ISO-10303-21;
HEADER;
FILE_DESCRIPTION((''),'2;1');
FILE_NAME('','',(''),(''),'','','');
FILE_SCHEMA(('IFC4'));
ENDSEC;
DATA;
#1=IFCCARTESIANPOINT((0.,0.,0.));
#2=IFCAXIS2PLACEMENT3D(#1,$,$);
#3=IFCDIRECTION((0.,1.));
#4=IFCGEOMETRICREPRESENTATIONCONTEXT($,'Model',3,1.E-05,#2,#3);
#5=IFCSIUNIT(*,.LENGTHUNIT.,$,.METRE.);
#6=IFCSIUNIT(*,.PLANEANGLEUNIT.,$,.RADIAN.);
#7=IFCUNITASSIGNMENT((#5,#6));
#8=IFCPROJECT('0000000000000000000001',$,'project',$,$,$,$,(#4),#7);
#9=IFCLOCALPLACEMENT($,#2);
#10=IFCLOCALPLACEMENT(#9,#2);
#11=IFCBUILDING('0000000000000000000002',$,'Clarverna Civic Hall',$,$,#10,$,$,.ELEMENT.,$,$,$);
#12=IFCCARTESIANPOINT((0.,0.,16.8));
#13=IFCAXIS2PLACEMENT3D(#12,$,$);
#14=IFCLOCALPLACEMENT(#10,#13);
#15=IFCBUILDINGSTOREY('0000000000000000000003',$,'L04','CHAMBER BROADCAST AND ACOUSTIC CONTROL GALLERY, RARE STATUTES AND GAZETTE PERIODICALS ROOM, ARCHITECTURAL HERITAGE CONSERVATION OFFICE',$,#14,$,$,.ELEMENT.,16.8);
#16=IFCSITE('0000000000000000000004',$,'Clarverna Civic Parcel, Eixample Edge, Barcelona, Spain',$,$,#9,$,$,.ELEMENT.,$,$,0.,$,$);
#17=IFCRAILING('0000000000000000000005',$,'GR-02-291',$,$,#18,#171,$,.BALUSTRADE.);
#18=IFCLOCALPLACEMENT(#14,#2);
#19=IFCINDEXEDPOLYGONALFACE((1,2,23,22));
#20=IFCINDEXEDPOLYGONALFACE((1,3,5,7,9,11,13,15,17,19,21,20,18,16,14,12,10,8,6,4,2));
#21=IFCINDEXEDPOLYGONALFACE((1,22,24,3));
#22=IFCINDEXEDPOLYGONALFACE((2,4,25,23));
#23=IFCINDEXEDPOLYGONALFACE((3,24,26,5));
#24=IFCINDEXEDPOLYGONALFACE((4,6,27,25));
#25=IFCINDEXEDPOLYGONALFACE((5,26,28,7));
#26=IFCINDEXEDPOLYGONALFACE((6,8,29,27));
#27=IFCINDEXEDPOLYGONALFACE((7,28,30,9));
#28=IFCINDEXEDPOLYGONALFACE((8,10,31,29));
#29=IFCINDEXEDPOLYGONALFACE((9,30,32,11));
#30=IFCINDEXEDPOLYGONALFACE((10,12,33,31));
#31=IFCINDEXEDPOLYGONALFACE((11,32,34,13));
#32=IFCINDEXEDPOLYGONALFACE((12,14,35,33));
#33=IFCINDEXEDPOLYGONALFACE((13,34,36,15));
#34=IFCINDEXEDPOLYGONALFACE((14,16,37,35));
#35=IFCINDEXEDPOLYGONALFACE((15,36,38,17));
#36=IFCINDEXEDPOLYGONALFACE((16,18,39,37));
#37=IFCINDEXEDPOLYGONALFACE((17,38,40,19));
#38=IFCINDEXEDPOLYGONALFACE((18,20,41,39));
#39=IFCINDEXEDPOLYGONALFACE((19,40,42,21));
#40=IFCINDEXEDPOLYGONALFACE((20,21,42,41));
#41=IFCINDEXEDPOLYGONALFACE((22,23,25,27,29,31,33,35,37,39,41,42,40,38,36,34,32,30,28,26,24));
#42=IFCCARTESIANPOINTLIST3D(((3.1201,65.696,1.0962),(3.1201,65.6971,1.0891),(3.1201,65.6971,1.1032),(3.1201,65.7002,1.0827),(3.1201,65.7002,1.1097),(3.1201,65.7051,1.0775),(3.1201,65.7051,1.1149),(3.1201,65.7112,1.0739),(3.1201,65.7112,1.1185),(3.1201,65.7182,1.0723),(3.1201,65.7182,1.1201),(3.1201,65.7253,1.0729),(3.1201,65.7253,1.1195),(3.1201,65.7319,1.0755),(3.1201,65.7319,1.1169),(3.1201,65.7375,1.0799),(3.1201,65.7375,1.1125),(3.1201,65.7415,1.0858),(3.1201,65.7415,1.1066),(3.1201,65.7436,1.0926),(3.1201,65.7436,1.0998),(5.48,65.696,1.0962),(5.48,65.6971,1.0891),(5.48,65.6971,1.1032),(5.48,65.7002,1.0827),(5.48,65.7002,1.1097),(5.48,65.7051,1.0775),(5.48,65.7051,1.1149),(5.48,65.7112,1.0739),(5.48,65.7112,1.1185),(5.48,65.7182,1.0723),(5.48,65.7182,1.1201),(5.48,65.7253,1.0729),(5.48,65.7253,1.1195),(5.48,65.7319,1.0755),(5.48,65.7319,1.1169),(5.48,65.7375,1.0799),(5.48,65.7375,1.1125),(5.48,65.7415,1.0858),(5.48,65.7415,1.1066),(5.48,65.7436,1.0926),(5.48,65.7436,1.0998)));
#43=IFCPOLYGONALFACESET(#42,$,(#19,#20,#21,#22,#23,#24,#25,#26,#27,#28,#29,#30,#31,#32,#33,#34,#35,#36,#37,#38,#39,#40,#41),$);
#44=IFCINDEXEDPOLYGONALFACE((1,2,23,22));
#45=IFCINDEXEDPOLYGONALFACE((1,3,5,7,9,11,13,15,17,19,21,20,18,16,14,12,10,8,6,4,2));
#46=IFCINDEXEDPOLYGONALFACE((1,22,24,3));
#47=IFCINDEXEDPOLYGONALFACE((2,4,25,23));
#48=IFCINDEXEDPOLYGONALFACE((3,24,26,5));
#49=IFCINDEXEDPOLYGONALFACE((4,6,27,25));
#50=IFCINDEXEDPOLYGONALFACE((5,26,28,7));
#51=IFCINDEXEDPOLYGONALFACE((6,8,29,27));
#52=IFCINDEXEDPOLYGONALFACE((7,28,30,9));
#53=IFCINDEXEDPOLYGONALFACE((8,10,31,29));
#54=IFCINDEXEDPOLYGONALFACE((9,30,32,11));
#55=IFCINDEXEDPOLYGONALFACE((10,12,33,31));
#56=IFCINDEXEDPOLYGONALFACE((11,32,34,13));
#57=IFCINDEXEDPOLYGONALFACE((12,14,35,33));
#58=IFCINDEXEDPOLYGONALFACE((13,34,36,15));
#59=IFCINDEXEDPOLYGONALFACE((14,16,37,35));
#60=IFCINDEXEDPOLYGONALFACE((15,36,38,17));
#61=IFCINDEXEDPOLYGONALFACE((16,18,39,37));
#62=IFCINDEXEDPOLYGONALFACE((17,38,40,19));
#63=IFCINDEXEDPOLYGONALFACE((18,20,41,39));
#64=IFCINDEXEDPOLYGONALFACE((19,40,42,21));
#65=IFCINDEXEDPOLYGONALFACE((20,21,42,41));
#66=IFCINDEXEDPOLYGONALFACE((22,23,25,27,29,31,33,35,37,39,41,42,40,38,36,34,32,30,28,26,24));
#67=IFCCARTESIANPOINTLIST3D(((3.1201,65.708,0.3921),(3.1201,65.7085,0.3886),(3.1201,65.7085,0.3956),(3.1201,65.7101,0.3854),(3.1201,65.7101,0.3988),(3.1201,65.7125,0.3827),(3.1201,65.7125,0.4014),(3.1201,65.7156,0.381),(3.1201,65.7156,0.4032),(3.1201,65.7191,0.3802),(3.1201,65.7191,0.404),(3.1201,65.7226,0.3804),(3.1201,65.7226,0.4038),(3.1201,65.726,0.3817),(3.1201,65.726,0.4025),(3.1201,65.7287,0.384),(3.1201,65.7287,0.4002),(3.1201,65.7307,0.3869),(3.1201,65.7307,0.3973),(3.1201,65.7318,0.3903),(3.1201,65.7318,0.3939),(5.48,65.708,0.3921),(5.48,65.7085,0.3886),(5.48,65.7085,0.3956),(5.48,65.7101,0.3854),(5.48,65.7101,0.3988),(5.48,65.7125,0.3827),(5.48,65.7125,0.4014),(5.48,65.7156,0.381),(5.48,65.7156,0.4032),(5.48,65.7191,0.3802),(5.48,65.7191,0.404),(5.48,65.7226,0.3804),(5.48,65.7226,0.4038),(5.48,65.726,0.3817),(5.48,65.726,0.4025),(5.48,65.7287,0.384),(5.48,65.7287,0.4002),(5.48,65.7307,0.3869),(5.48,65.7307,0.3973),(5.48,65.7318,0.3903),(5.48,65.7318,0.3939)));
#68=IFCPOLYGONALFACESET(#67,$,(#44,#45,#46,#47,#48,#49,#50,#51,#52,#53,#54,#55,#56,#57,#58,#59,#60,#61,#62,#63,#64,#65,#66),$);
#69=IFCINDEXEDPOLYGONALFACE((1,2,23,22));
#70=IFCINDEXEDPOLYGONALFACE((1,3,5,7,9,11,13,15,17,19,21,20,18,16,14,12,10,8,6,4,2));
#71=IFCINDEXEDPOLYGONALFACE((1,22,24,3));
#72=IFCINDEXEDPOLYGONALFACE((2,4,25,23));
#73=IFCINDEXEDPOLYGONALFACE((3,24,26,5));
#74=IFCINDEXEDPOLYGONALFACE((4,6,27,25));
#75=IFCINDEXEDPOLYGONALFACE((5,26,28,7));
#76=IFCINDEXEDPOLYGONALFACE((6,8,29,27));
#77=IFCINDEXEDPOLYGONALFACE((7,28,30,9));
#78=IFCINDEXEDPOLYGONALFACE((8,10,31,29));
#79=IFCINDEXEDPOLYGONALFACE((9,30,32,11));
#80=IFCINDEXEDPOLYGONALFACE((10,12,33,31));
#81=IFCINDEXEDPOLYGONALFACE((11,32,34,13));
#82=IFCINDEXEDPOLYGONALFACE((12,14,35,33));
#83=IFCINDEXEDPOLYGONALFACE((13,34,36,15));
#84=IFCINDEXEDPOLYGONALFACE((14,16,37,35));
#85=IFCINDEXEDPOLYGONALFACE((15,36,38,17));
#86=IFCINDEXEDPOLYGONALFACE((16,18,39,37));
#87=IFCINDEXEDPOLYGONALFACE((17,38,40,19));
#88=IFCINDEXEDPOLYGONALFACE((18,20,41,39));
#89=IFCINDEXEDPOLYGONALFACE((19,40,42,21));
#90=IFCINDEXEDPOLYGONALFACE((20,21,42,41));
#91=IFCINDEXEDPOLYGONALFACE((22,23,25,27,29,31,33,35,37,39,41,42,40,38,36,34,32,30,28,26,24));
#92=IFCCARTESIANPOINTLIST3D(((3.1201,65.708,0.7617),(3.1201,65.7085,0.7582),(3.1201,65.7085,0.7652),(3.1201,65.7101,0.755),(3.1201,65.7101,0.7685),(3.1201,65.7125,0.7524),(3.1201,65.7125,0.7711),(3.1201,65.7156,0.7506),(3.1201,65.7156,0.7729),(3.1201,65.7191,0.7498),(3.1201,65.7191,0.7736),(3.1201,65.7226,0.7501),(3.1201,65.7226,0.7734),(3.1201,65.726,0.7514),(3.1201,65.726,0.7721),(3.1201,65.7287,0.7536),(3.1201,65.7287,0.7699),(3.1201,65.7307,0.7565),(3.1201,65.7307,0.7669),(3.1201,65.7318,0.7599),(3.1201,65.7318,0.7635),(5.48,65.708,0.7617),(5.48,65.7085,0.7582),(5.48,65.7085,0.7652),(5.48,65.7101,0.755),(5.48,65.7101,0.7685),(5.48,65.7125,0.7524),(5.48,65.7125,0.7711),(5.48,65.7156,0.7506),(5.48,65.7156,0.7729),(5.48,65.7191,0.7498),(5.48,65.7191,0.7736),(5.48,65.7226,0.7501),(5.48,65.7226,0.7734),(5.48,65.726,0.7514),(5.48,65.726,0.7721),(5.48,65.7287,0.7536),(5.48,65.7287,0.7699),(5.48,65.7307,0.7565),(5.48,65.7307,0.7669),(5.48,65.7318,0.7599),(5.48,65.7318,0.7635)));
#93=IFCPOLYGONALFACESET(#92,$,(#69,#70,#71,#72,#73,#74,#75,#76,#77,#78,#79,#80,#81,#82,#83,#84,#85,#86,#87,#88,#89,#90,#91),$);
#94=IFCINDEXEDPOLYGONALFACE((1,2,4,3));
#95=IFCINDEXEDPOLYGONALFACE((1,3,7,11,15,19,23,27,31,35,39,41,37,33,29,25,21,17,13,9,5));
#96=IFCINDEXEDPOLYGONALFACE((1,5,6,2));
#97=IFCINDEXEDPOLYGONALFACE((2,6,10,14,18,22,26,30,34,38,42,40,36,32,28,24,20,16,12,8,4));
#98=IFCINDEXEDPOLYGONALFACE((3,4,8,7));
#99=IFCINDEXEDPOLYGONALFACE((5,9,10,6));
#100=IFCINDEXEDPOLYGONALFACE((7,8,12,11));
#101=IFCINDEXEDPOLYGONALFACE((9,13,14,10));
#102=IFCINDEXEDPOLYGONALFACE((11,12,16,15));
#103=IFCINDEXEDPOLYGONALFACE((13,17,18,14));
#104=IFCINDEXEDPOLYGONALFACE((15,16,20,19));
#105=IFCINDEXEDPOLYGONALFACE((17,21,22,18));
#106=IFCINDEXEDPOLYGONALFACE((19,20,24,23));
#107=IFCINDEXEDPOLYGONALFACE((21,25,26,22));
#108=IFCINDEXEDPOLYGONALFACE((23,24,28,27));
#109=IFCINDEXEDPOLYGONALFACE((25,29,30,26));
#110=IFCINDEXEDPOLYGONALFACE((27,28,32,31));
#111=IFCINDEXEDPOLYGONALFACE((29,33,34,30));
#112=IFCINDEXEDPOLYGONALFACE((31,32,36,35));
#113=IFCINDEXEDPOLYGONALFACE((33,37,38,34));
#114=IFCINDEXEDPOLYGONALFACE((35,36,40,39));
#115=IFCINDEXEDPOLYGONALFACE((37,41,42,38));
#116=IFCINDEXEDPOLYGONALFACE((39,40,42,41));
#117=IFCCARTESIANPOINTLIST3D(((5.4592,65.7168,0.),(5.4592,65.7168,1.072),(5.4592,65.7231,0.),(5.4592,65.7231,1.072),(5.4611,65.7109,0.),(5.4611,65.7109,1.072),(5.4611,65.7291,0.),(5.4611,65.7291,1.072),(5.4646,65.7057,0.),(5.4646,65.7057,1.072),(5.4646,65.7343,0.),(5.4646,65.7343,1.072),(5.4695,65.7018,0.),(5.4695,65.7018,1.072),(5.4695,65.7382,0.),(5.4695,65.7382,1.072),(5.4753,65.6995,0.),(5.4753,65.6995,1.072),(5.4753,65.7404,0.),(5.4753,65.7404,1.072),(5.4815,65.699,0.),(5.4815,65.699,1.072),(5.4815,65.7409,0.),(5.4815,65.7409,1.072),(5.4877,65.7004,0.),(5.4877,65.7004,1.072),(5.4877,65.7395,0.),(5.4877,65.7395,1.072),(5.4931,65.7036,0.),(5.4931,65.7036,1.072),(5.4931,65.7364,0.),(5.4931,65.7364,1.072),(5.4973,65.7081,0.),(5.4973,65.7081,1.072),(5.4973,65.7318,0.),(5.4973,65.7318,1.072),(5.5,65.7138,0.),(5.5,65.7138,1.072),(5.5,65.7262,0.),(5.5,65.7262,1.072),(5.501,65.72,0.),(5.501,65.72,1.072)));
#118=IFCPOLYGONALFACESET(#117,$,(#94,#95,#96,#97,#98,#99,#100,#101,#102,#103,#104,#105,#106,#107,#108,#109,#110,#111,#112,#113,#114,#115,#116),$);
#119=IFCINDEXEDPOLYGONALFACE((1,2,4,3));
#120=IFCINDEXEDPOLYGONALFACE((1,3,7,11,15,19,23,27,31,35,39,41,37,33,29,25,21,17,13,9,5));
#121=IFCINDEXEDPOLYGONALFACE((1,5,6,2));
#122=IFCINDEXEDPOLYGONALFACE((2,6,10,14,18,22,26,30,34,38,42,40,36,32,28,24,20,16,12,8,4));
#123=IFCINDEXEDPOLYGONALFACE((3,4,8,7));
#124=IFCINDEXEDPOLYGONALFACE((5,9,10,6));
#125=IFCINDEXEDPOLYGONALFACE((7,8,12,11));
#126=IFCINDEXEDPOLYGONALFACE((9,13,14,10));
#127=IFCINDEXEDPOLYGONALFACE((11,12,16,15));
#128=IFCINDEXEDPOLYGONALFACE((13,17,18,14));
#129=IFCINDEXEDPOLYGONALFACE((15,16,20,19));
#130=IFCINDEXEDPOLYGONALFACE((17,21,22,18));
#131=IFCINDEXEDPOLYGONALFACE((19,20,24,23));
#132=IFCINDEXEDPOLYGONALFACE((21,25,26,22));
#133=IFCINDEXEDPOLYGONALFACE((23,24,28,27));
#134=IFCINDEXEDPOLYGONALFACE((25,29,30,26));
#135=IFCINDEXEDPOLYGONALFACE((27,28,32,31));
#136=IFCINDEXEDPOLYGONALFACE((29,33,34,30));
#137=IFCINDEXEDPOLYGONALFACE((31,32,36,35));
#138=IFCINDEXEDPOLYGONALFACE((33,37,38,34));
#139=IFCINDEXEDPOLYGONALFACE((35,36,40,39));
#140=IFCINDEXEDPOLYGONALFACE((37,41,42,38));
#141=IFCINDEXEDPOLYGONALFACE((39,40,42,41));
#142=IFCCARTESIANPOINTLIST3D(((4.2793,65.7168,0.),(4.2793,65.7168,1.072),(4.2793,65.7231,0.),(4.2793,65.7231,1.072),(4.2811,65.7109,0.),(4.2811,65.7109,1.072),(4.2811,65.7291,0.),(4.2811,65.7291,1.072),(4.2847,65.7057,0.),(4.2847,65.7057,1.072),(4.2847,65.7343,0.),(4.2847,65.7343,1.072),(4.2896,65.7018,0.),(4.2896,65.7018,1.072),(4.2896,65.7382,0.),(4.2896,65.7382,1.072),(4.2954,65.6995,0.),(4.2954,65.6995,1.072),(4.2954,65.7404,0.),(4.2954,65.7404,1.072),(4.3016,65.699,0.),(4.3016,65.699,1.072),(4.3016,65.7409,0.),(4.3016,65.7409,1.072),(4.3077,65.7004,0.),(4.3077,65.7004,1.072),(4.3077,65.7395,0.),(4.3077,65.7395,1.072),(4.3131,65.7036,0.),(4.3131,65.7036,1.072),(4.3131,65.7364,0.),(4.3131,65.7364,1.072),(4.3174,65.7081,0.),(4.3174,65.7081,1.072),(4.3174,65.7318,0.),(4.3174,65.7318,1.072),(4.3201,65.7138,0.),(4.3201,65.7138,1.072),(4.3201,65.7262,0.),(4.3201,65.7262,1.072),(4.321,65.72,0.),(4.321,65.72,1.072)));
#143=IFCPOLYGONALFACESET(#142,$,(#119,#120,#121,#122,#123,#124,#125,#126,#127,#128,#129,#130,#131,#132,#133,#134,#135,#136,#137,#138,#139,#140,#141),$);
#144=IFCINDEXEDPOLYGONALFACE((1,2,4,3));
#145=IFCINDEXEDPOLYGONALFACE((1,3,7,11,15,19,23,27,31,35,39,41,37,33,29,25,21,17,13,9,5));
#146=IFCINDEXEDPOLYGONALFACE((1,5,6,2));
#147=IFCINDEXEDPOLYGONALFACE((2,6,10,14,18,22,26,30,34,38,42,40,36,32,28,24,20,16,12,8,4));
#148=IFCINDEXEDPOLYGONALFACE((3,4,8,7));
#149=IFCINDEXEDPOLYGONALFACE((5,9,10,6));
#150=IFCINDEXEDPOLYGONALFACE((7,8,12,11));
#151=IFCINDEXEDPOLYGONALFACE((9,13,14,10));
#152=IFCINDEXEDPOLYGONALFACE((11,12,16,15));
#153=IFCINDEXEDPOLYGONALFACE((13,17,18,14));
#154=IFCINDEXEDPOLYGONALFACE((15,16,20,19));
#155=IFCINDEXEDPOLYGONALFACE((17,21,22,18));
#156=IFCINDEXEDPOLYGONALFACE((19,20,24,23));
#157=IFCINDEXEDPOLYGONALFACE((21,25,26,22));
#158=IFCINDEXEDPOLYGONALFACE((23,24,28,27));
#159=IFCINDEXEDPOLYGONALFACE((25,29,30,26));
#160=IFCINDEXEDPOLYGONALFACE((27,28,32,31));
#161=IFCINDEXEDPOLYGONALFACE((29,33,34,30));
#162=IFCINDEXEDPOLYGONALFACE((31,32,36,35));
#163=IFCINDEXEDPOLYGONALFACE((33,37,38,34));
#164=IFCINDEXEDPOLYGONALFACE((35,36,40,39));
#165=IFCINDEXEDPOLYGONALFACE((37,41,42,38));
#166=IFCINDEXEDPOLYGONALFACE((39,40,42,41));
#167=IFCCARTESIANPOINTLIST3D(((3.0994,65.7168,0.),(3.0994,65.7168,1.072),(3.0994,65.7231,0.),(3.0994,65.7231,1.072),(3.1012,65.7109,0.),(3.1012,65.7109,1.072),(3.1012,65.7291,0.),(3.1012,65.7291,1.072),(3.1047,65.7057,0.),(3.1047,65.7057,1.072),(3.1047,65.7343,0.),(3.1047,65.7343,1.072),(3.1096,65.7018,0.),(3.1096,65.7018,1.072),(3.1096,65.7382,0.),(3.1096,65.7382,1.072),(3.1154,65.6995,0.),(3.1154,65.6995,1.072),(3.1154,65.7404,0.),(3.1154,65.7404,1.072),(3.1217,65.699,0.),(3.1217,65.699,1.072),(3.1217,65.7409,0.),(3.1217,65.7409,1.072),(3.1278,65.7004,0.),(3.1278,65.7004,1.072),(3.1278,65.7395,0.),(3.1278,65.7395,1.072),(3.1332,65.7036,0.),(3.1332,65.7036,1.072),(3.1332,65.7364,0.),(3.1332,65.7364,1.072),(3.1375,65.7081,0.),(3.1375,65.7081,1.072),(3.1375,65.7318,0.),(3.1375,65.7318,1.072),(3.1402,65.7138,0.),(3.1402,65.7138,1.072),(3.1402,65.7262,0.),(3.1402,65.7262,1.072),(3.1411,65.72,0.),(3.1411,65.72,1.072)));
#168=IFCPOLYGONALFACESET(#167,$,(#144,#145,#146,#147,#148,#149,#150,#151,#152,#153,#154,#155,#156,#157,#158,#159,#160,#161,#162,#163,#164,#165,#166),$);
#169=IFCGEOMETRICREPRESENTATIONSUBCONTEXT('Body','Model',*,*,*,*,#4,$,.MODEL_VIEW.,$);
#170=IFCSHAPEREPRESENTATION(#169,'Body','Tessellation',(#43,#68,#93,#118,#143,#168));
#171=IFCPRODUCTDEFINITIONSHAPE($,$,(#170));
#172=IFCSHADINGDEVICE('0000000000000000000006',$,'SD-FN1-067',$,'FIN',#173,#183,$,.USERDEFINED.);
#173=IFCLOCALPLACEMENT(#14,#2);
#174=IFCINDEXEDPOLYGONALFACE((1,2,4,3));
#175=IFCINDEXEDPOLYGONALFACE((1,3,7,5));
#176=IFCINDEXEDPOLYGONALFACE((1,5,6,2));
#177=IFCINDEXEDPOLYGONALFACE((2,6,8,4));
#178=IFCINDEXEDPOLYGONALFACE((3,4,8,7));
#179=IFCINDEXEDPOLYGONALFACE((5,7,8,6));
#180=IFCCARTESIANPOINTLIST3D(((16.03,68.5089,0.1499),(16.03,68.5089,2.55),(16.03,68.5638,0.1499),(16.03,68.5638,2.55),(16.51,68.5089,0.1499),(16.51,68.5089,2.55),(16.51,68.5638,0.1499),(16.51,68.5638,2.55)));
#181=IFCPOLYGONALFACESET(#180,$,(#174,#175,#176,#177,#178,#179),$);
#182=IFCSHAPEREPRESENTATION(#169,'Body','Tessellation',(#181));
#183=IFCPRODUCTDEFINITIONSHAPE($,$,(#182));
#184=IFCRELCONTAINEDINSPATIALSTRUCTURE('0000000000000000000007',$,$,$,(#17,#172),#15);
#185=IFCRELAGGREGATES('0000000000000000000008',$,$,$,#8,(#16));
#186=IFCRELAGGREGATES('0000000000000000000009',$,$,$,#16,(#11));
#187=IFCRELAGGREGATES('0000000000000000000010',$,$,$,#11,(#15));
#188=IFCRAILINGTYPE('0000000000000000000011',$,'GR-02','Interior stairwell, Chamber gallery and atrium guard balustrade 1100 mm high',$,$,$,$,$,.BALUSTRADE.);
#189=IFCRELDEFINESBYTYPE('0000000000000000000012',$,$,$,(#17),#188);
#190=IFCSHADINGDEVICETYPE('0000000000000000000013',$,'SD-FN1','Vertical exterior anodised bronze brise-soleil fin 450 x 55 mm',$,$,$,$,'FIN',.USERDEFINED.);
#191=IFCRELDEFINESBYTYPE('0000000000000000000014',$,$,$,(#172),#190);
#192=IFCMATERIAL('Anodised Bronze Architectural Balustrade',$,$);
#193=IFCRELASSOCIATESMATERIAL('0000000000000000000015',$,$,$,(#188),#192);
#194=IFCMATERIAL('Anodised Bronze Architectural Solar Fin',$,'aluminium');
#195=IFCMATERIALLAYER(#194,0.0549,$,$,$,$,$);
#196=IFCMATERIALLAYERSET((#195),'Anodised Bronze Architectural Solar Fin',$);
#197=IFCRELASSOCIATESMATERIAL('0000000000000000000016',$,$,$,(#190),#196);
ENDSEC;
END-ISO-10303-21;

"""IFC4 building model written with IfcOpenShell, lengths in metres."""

from ifc_helpers import new_model, si_unit, direction, frame, frame_2d, origin, origin_2d, place, context, subcontext, project, spatial, rectangle, circle, extrude, material, layer, layer_set, type_object, element, save


model = new_model("IFC4")

# Units and contexts
model_context = context("Model", 3, precision=1e-05, world=origin(), true_north=direction((0.0, 1.0)))
body_context = subcontext(model_context, "Body", "Model", "MODEL_VIEW")
ifc_project = project(units=[si_unit("LENGTHUNIT", "METRE"), si_unit("PLANEANGLEUNIT", "RADIAN")], contexts=[model_context])

# Site, building, storey
site_placement = place(None, origin())
site = spatial("IfcSite", under=ifc_project, at=site_placement, Name="Clarverna Civic Parcel, Eixample Edge, Barcelona, Spain", CompositionType="ELEMENT", RefElevation=0.0)
building_placement = place(site_placement, origin())
building = spatial("IfcBuilding", under=site, at=building_placement, Name="Clarverna Civic Hall", CompositionType="ELEMENT")
storey_placement = place(building_placement, frame((0.0, 0.0, 16.8)))
storey = spatial("IfcBuildingStorey", under=building, at=storey_placement, Name="L04", Description="CHAMBER BROADCAST AND ACOUSTIC CONTROL GALLERY, RARE STATUTES AND GAZETTE PERIODICALS ROOM, ARCHITECTURAL HERITAGE CONSERVATION OFFICE", CompositionType="ELEMENT", Elevation=16.8)

# Railing
ifc_material_1 = material(Name="Anodised Bronze Architectural Balustrade")
railing_type = type_object("IfcRailingType", Name="GR-02", Description="Interior stairwell, Chamber gallery and atrium guard balustrade 1100 mm high", PredefinedType="BALUSTRADE", material=ifc_material_1)
railing_1_placement = place(storey_placement, frame((5.48, 65.72, 0.0)))
element("IfcRailing", 1, at=railing_1_placement, inside=storey, type_object=railing_type, Name="GR-02-291", PredefinedType="BALUSTRADE", context=body_context, shape_type="SweptSolid", body=[
    extrude(circle(Radius=0.0239, at=origin_2d()), frame((0.0, 0.0, 1.0962), z_axis=(-1.0, 0.0, 0.0), x_axis=(0.0, -1.0, 0.0)), (0.0, 0.0, 1.0), 2.3599),
    extrude(circle(Radius=0.012, at=origin_2d()), frame((0.0, 0.0, 0.3921), z_axis=(-1.0, 0.0, 0.0), x_axis=(0.0, -1.0, 0.0)), (0.0, 0.0, 1.0), 2.3599),
    extrude(circle(Radius=0.012, at=origin_2d()), frame((0.0, 0.0, 0.7617), z_axis=(-1.0, 0.0, 0.0), x_axis=(0.0, -1.0, 0.0)), (0.0, 0.0, 1.0), 2.3599),
    extrude(circle(Radius=0.021, at=origin_2d()), origin(), (0.0, 0.0, 1.0), 1.072),
    extrude(circle(Radius=0.021, at=origin_2d()), frame((-1.1799, 0.0, 0.0)), (0.0, 0.0, 1.0), 1.072),
    extrude(circle(Radius=0.021, at=origin_2d()), frame((-2.3599, 0.0, 0.0)), (0.0, 0.0, 1.0), 1.072),
])

# Shading device
ifc_material_2 = material(Name="Anodised Bronze Architectural Solar Fin", Category="aluminium")
ifc_layer_1 = layer(ifc_material_2, 0.0549)
ifc_layer_set_1 = layer_set([ifc_layer_1], Name="Anodised Bronze Architectural Solar Fin")
shading_device_type = type_object("IfcShadingDeviceType", Name="SD-FN1", Description="Vertical exterior anodised bronze brise-soleil fin 450 x 55 mm", ElementType="FIN", PredefinedType="USERDEFINED", material=ifc_layer_set_1)
shading_device_placement = place(storey_placement, frame((16.03, 68.5364, 0.1499), z_axis=(0.0, 0.0, 1.0), x_axis=(1.0, 0.0, 0.0)))
element("IfcShadingDevice", 2, at=shading_device_placement, inside=storey, type_object=shading_device_type, Name="SD-FN1-067", ObjectType="FIN", PredefinedType="USERDEFINED", context=body_context, shape_type="SweptSolid", body=[
    extrude(rectangle(XDim=0.48, YDim=0.0549, at=frame_2d((0.24, 0.0))), origin(), (0.0, 0.0, 1.0), 2.4001),
])

save(model, "model.ifc")
